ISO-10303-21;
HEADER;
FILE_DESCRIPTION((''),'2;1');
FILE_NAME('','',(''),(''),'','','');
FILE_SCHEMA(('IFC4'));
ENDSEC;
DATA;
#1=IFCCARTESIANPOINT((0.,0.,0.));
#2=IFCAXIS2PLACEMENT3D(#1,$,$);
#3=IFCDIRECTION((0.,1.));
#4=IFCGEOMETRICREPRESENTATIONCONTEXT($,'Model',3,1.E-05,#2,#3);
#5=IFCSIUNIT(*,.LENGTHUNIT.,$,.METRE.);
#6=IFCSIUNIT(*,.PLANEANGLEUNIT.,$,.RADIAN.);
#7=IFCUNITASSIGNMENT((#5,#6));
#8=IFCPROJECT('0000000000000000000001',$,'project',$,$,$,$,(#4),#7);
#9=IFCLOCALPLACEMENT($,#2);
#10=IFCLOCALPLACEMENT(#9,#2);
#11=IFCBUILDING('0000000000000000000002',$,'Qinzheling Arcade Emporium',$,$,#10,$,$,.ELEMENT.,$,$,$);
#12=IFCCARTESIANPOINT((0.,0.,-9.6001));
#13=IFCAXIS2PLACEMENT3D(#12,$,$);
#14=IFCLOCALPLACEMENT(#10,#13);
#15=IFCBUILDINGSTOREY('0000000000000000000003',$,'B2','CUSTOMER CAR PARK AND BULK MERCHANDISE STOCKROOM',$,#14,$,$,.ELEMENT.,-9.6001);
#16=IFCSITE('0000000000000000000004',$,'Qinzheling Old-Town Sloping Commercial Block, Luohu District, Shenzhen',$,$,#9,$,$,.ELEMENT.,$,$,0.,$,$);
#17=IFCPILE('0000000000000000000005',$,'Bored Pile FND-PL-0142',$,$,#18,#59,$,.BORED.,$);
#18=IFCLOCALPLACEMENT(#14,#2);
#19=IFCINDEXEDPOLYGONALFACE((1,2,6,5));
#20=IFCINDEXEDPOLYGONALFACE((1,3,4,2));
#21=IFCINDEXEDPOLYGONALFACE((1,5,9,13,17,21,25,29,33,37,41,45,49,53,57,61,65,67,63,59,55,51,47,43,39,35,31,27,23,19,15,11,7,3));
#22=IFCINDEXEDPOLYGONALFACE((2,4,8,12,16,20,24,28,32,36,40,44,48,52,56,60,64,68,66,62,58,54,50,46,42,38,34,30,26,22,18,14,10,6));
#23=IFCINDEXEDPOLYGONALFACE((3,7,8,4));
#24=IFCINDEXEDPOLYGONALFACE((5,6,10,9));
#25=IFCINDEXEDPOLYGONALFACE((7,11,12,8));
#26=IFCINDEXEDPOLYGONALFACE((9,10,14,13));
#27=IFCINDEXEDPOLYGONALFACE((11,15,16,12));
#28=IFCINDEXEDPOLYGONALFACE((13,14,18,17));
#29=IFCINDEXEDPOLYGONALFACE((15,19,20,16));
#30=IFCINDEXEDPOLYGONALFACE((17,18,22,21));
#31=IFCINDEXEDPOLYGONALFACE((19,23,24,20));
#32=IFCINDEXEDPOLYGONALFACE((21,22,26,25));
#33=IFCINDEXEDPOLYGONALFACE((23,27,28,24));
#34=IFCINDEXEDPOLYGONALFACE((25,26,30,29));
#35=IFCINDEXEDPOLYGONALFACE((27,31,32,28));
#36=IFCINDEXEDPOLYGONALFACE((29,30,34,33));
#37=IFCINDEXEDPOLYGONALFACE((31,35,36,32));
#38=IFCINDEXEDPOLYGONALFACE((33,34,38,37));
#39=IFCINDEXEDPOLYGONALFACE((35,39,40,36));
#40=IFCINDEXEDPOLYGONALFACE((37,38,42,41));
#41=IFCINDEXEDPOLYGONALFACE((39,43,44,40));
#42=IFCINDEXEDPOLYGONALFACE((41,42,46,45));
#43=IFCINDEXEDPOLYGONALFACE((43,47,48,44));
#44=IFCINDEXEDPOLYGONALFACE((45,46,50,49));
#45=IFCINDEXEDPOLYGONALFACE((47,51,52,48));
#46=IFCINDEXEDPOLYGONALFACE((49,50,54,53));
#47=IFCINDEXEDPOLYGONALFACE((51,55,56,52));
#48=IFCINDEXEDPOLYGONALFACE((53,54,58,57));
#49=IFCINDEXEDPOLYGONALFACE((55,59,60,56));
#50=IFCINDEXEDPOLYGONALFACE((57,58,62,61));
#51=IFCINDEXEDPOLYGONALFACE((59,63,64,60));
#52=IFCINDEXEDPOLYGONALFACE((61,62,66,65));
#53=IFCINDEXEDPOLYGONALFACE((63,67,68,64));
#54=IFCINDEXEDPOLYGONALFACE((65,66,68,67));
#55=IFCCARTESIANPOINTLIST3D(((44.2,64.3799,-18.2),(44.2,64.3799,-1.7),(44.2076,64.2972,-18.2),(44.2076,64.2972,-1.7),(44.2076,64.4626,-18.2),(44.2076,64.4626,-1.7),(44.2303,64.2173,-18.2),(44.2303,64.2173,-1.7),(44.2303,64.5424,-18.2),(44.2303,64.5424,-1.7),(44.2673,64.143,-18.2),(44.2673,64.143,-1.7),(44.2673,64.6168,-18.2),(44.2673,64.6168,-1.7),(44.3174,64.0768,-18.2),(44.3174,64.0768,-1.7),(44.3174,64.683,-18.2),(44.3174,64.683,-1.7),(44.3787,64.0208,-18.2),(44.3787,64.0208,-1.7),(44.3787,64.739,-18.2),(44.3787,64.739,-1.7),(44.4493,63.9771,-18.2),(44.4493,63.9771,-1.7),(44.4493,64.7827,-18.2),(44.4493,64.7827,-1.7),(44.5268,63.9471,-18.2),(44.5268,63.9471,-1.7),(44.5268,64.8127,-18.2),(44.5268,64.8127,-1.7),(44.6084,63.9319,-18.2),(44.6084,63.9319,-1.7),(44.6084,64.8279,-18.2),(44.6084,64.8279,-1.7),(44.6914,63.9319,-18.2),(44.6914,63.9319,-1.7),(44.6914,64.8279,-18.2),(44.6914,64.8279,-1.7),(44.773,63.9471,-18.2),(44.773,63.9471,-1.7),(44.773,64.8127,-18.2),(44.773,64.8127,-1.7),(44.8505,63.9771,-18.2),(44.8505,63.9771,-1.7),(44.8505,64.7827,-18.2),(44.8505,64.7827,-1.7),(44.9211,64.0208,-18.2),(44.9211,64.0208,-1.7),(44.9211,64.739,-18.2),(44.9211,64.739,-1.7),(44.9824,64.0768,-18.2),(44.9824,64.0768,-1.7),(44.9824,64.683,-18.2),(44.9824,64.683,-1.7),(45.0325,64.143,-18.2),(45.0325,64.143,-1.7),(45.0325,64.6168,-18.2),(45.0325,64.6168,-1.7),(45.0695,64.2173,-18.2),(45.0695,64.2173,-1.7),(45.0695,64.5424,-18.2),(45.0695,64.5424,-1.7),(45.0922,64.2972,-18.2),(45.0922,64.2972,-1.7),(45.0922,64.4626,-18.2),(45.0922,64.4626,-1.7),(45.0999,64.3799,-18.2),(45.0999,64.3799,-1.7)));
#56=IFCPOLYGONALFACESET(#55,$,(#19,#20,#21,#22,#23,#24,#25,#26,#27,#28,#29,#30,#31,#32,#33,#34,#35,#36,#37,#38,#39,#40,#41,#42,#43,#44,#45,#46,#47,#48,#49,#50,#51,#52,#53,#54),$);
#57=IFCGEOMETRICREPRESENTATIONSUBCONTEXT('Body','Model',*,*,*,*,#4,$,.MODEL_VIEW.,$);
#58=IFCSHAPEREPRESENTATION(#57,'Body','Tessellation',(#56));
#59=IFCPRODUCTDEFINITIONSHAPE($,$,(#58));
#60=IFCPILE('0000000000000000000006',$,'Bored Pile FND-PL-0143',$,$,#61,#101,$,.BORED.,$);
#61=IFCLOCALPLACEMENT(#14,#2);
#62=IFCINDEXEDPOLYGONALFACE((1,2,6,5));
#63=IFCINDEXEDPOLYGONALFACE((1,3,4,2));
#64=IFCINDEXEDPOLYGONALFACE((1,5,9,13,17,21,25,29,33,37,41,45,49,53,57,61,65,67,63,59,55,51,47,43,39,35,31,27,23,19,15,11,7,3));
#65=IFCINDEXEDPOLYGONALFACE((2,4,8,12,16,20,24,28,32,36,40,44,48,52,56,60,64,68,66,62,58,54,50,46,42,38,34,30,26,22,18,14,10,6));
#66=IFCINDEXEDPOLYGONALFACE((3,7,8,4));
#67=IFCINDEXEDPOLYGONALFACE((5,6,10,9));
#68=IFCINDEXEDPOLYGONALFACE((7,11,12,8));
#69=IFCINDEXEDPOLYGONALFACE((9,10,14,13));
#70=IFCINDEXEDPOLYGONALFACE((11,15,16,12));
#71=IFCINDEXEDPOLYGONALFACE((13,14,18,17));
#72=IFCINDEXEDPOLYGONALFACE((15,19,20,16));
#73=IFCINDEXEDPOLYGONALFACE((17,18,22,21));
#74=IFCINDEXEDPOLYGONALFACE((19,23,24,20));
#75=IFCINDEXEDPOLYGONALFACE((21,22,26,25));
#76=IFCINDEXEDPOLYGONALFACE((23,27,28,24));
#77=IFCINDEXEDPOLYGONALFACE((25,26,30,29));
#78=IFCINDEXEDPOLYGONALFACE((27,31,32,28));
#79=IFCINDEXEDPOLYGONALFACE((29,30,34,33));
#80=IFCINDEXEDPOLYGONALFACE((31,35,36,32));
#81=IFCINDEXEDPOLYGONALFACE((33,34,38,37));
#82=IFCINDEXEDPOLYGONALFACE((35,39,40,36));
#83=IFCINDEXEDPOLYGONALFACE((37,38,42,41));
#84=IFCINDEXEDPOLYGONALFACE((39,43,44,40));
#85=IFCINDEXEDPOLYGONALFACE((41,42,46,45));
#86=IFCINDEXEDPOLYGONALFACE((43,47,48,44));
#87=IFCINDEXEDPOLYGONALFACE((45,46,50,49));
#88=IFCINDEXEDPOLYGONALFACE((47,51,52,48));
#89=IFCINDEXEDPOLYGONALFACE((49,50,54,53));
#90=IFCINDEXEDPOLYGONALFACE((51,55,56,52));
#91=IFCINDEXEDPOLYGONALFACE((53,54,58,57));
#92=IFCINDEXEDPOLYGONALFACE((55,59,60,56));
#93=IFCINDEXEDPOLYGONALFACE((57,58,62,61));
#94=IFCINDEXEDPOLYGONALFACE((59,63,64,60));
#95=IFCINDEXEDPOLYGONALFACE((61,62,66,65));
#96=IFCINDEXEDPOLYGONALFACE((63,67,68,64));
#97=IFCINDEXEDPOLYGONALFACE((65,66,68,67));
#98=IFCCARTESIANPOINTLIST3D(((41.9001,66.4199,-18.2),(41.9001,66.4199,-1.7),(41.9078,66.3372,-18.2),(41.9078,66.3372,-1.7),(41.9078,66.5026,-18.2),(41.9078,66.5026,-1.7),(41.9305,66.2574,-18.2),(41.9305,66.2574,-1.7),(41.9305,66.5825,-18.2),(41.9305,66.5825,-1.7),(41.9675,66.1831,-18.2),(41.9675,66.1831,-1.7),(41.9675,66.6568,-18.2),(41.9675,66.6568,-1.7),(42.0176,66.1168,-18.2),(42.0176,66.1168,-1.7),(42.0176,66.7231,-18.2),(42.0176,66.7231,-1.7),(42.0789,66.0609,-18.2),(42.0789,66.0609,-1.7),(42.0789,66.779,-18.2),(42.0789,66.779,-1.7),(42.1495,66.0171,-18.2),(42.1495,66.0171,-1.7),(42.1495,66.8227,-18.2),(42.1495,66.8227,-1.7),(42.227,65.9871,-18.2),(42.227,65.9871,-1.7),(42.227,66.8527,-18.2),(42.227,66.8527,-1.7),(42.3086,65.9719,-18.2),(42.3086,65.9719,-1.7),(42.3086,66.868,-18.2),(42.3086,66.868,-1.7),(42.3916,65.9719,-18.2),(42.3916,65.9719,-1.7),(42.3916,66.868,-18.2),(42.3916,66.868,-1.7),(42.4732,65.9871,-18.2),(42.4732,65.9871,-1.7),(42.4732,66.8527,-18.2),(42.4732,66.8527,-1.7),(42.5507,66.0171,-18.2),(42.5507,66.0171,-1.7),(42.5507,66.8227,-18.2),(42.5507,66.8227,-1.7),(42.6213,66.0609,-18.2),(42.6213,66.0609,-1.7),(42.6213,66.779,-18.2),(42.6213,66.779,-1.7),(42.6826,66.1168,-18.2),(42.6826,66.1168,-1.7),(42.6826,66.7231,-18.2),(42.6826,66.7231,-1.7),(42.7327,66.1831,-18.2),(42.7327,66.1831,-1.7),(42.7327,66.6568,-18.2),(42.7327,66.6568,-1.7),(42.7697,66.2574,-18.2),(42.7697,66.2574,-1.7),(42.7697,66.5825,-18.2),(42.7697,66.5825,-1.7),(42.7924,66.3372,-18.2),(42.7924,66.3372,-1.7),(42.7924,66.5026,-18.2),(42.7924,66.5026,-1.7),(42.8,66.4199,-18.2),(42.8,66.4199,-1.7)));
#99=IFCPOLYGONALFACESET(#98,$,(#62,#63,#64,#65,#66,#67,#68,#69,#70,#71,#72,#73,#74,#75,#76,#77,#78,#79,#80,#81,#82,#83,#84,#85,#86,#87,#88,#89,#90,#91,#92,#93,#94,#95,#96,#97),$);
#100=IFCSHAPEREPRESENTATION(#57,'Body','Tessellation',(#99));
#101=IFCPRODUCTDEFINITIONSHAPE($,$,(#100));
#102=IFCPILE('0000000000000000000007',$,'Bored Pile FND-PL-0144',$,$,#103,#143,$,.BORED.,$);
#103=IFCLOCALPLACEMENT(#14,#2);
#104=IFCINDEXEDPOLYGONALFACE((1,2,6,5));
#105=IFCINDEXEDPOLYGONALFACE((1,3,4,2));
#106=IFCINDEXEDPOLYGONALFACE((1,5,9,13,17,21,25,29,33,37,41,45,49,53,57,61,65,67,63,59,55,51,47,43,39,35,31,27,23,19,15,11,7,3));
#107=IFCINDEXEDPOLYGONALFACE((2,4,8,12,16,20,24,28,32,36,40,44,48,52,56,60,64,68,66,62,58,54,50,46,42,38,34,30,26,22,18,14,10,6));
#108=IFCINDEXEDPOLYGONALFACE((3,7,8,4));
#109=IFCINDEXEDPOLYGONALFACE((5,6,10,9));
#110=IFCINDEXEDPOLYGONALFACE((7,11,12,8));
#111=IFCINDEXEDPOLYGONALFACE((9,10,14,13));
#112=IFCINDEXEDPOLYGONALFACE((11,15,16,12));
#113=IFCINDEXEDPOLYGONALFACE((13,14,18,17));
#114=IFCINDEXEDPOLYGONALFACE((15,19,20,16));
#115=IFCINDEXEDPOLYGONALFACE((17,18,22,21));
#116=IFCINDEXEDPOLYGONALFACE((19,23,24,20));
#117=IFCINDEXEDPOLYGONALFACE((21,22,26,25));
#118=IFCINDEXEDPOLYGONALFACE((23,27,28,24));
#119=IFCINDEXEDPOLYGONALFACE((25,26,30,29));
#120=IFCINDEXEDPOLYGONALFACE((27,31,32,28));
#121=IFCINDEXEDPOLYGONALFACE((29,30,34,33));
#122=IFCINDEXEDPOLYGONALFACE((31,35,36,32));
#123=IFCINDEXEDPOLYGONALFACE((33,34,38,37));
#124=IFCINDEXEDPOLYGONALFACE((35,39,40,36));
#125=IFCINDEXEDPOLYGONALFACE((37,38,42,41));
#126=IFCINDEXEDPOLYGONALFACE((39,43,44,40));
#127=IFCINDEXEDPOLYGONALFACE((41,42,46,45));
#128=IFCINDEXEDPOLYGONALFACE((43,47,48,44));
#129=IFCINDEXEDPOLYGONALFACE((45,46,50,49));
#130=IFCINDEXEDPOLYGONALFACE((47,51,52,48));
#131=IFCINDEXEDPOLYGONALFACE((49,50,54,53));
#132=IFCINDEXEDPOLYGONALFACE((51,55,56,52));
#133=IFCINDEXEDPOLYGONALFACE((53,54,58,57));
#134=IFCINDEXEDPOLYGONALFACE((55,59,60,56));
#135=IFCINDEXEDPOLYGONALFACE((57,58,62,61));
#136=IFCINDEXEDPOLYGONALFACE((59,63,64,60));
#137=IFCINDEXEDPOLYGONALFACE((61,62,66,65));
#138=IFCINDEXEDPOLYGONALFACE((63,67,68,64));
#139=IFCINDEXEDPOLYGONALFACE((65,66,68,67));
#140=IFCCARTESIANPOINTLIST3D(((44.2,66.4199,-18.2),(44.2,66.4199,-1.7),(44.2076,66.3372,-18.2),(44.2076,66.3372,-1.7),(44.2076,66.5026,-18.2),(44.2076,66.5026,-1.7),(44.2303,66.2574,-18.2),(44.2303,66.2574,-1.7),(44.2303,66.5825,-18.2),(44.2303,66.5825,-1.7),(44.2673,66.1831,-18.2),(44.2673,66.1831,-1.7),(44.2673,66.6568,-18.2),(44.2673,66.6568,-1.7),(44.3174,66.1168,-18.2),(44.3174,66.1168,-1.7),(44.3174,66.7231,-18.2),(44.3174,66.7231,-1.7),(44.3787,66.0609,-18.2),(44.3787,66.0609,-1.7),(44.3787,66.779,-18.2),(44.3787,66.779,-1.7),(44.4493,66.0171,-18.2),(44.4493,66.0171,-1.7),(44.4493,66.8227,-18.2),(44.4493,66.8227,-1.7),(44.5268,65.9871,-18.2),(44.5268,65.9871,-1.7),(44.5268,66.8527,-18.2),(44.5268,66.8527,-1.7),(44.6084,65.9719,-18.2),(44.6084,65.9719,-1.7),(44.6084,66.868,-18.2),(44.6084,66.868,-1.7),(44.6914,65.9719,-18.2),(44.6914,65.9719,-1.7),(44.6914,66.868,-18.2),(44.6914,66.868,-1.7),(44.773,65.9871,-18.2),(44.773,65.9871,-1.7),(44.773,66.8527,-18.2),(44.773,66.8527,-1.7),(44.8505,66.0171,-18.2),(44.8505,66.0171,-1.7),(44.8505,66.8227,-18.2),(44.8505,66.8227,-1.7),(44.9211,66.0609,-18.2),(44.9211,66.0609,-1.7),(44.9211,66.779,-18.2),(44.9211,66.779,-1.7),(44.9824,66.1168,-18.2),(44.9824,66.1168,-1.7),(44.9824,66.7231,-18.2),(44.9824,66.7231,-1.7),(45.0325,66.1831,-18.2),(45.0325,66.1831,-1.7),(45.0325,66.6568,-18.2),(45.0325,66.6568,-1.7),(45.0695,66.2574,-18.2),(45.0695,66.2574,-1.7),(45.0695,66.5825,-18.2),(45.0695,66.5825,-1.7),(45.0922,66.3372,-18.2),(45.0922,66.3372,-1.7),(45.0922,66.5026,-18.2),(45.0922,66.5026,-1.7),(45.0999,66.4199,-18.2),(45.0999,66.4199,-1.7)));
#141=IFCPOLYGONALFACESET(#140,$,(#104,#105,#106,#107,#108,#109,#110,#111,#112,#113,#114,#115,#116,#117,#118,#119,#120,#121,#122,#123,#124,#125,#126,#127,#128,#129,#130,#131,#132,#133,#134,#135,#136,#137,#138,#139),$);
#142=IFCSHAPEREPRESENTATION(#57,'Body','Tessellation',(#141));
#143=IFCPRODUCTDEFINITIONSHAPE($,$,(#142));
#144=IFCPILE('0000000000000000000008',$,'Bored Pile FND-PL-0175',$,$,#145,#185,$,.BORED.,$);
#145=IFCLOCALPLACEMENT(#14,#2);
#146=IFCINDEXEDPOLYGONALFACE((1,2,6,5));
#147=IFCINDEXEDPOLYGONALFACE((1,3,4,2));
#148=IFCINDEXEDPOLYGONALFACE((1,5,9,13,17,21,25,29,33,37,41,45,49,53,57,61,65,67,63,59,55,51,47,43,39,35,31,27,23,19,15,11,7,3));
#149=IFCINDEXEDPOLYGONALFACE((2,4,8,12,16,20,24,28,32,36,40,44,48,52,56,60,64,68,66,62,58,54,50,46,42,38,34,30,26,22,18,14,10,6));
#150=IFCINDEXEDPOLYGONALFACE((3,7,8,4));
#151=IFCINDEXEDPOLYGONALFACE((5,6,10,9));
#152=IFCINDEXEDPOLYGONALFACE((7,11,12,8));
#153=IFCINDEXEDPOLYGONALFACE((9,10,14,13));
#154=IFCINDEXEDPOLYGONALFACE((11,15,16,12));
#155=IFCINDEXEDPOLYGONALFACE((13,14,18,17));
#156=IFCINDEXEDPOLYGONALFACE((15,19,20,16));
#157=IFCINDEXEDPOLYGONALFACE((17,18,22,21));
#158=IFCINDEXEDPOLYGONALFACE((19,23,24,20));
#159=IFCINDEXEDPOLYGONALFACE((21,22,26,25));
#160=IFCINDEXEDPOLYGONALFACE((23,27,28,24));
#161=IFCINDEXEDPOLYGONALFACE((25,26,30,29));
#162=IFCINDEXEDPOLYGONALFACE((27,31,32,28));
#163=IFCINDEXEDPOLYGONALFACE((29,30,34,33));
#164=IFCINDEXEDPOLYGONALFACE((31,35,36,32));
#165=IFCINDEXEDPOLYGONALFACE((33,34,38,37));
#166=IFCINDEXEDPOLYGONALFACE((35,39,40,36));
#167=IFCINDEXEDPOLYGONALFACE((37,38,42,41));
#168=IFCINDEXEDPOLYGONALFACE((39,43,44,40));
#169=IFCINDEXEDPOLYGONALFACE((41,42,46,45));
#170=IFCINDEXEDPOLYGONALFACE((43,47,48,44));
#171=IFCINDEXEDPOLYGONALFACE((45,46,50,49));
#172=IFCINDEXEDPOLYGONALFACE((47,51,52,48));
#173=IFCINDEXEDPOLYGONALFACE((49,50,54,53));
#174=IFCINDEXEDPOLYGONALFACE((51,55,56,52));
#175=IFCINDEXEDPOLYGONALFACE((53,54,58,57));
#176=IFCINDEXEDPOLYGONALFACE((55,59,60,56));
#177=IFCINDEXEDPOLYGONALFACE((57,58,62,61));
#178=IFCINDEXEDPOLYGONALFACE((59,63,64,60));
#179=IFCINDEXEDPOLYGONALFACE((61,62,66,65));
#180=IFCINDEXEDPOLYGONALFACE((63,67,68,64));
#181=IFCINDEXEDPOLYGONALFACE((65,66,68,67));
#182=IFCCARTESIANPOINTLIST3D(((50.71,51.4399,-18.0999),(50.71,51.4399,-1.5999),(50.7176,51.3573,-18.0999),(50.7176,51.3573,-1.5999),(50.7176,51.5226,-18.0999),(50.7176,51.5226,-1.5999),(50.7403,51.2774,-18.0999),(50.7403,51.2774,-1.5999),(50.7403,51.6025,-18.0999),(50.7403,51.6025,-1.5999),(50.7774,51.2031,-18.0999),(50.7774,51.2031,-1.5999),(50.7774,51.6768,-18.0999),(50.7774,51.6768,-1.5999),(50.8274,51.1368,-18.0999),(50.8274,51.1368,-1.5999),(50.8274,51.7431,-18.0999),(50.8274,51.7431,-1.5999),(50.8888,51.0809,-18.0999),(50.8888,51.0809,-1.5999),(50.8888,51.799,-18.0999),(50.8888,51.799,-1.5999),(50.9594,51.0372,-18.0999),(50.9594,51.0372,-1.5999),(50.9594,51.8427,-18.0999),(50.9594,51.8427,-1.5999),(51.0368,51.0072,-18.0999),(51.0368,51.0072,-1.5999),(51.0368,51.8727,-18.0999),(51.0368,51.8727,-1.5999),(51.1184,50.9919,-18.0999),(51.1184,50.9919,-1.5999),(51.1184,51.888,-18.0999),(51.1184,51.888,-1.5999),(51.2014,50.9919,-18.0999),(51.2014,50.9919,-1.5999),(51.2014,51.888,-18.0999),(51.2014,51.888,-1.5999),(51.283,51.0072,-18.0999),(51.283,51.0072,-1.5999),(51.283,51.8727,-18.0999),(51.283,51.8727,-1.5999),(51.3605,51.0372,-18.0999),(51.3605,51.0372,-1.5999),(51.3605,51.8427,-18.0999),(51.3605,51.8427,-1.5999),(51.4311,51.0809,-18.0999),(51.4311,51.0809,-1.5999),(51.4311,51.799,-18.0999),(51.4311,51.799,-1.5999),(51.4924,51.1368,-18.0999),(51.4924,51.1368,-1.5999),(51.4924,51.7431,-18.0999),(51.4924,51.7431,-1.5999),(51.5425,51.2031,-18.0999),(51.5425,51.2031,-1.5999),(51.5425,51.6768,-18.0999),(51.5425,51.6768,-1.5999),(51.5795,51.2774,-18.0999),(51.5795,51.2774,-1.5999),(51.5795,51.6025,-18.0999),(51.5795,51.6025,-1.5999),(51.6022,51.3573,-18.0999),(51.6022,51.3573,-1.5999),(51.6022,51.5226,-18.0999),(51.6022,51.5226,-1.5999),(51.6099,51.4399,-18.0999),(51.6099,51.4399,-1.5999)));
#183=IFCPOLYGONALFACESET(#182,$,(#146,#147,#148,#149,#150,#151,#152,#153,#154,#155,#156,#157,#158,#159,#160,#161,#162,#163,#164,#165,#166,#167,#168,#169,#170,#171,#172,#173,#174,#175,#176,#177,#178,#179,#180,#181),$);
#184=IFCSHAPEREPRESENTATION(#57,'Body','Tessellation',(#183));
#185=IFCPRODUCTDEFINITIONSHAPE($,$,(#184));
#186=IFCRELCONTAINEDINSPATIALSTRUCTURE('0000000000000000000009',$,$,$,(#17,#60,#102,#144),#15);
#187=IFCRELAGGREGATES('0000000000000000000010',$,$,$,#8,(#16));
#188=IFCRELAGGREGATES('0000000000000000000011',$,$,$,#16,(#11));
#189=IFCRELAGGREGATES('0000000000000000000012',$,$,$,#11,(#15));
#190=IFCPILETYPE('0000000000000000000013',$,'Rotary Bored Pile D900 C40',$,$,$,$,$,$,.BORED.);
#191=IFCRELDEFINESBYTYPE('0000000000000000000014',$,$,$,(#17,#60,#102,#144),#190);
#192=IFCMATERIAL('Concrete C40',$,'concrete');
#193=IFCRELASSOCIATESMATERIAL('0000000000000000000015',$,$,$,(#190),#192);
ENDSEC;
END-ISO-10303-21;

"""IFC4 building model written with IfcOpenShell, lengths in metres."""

from ifc_helpers import new_model, si_unit, direction, frame, origin, origin_2d, place, context, subcontext, project, spatial, circle, extrude, material, material_profile, profile_set, type_object, element, save


model = new_model("IFC4")

# Units and contexts
model_context = context("Model", 3, precision=1e-05, world=origin(), true_north=direction((0.0, 1.0)))
body_context = subcontext(model_context, "Body", "Model", "MODEL_VIEW")
ifc_project = project(units=[si_unit("LENGTHUNIT", "METRE"), si_unit("PLANEANGLEUNIT", "RADIAN")], contexts=[model_context])

# Site, building, storey
site_placement = place(None, origin())
site = spatial("IfcSite", under=ifc_project, at=site_placement, Name="Qinzheling Old-Town Sloping Commercial Block, Luohu District, Shenzhen", CompositionType="ELEMENT", RefElevation=0.0)
building_placement = place(site_placement, origin())
building = spatial("IfcBuilding", under=site, at=building_placement, Name="Qinzheling Arcade Emporium", CompositionType="ELEMENT")
storey_placement = place(building_placement, frame((0.0, 0.0, -9.6001)))
storey = spatial("IfcBuildingStorey", under=building, at=storey_placement, Name="B2", Description="CUSTOMER CAR PARK AND BULK MERCHANDISE STOCKROOM", CompositionType="ELEMENT", Elevation=-9.6001)

# Shared definitions
ifc_material_1 = material(Name="Concrete C40", Category="concrete")

# Piles
ifc_material_profile_1 = material_profile(ifc_material_1, circle(Radius=0.45, at=origin_2d()), Name="BORED D900", Category="concrete")
ifc_profile_set_1 = profile_set([ifc_material_profile_1], Name="Concrete C40")
pile_type = type_object("IfcPileType", Name="Rotary Bored Pile D900 C40", PredefinedType="BORED", material=ifc_profile_set_1)
for number, where, z_axis, x_axis, name in (
    (1, (44.6499, 64.3799, -1.7), (0.0, 0.0, -1.0), (1.0, 0.0, 0.0), "Bored Pile FND-PL-0142"),
    (2, (42.3501, 66.4199, -1.7), (0.0, 0.0, -1.0), (1.0, 0.0, 0.0), "Bored Pile FND-PL-0143"),
    (3, (44.6499, 66.4199, -1.7), (0.0, 0.0, -1.0), (1.0, 0.0, 0.0), "Bored Pile FND-PL-0144"),
    (4, (51.1599, 51.4399, -1.5999), (0.0, 0.0, -1.0), (1.0, 0.0, 0.0), "Bored Pile FND-PL-0175"),
):
    element("IfcPile", number, at=place(storey_placement, frame(where, z_axis=z_axis, x_axis=x_axis)), inside=storey, type_object=pile_type, Name=name, PredefinedType="BORED", context=body_context, shape_type="SweptSolid", body=[
        extrude(circle(Radius=0.45, at=origin_2d()), origin(), (0.0, 0.0, 1.0), 16.5),
    ])

save(model, "model.ifc")
